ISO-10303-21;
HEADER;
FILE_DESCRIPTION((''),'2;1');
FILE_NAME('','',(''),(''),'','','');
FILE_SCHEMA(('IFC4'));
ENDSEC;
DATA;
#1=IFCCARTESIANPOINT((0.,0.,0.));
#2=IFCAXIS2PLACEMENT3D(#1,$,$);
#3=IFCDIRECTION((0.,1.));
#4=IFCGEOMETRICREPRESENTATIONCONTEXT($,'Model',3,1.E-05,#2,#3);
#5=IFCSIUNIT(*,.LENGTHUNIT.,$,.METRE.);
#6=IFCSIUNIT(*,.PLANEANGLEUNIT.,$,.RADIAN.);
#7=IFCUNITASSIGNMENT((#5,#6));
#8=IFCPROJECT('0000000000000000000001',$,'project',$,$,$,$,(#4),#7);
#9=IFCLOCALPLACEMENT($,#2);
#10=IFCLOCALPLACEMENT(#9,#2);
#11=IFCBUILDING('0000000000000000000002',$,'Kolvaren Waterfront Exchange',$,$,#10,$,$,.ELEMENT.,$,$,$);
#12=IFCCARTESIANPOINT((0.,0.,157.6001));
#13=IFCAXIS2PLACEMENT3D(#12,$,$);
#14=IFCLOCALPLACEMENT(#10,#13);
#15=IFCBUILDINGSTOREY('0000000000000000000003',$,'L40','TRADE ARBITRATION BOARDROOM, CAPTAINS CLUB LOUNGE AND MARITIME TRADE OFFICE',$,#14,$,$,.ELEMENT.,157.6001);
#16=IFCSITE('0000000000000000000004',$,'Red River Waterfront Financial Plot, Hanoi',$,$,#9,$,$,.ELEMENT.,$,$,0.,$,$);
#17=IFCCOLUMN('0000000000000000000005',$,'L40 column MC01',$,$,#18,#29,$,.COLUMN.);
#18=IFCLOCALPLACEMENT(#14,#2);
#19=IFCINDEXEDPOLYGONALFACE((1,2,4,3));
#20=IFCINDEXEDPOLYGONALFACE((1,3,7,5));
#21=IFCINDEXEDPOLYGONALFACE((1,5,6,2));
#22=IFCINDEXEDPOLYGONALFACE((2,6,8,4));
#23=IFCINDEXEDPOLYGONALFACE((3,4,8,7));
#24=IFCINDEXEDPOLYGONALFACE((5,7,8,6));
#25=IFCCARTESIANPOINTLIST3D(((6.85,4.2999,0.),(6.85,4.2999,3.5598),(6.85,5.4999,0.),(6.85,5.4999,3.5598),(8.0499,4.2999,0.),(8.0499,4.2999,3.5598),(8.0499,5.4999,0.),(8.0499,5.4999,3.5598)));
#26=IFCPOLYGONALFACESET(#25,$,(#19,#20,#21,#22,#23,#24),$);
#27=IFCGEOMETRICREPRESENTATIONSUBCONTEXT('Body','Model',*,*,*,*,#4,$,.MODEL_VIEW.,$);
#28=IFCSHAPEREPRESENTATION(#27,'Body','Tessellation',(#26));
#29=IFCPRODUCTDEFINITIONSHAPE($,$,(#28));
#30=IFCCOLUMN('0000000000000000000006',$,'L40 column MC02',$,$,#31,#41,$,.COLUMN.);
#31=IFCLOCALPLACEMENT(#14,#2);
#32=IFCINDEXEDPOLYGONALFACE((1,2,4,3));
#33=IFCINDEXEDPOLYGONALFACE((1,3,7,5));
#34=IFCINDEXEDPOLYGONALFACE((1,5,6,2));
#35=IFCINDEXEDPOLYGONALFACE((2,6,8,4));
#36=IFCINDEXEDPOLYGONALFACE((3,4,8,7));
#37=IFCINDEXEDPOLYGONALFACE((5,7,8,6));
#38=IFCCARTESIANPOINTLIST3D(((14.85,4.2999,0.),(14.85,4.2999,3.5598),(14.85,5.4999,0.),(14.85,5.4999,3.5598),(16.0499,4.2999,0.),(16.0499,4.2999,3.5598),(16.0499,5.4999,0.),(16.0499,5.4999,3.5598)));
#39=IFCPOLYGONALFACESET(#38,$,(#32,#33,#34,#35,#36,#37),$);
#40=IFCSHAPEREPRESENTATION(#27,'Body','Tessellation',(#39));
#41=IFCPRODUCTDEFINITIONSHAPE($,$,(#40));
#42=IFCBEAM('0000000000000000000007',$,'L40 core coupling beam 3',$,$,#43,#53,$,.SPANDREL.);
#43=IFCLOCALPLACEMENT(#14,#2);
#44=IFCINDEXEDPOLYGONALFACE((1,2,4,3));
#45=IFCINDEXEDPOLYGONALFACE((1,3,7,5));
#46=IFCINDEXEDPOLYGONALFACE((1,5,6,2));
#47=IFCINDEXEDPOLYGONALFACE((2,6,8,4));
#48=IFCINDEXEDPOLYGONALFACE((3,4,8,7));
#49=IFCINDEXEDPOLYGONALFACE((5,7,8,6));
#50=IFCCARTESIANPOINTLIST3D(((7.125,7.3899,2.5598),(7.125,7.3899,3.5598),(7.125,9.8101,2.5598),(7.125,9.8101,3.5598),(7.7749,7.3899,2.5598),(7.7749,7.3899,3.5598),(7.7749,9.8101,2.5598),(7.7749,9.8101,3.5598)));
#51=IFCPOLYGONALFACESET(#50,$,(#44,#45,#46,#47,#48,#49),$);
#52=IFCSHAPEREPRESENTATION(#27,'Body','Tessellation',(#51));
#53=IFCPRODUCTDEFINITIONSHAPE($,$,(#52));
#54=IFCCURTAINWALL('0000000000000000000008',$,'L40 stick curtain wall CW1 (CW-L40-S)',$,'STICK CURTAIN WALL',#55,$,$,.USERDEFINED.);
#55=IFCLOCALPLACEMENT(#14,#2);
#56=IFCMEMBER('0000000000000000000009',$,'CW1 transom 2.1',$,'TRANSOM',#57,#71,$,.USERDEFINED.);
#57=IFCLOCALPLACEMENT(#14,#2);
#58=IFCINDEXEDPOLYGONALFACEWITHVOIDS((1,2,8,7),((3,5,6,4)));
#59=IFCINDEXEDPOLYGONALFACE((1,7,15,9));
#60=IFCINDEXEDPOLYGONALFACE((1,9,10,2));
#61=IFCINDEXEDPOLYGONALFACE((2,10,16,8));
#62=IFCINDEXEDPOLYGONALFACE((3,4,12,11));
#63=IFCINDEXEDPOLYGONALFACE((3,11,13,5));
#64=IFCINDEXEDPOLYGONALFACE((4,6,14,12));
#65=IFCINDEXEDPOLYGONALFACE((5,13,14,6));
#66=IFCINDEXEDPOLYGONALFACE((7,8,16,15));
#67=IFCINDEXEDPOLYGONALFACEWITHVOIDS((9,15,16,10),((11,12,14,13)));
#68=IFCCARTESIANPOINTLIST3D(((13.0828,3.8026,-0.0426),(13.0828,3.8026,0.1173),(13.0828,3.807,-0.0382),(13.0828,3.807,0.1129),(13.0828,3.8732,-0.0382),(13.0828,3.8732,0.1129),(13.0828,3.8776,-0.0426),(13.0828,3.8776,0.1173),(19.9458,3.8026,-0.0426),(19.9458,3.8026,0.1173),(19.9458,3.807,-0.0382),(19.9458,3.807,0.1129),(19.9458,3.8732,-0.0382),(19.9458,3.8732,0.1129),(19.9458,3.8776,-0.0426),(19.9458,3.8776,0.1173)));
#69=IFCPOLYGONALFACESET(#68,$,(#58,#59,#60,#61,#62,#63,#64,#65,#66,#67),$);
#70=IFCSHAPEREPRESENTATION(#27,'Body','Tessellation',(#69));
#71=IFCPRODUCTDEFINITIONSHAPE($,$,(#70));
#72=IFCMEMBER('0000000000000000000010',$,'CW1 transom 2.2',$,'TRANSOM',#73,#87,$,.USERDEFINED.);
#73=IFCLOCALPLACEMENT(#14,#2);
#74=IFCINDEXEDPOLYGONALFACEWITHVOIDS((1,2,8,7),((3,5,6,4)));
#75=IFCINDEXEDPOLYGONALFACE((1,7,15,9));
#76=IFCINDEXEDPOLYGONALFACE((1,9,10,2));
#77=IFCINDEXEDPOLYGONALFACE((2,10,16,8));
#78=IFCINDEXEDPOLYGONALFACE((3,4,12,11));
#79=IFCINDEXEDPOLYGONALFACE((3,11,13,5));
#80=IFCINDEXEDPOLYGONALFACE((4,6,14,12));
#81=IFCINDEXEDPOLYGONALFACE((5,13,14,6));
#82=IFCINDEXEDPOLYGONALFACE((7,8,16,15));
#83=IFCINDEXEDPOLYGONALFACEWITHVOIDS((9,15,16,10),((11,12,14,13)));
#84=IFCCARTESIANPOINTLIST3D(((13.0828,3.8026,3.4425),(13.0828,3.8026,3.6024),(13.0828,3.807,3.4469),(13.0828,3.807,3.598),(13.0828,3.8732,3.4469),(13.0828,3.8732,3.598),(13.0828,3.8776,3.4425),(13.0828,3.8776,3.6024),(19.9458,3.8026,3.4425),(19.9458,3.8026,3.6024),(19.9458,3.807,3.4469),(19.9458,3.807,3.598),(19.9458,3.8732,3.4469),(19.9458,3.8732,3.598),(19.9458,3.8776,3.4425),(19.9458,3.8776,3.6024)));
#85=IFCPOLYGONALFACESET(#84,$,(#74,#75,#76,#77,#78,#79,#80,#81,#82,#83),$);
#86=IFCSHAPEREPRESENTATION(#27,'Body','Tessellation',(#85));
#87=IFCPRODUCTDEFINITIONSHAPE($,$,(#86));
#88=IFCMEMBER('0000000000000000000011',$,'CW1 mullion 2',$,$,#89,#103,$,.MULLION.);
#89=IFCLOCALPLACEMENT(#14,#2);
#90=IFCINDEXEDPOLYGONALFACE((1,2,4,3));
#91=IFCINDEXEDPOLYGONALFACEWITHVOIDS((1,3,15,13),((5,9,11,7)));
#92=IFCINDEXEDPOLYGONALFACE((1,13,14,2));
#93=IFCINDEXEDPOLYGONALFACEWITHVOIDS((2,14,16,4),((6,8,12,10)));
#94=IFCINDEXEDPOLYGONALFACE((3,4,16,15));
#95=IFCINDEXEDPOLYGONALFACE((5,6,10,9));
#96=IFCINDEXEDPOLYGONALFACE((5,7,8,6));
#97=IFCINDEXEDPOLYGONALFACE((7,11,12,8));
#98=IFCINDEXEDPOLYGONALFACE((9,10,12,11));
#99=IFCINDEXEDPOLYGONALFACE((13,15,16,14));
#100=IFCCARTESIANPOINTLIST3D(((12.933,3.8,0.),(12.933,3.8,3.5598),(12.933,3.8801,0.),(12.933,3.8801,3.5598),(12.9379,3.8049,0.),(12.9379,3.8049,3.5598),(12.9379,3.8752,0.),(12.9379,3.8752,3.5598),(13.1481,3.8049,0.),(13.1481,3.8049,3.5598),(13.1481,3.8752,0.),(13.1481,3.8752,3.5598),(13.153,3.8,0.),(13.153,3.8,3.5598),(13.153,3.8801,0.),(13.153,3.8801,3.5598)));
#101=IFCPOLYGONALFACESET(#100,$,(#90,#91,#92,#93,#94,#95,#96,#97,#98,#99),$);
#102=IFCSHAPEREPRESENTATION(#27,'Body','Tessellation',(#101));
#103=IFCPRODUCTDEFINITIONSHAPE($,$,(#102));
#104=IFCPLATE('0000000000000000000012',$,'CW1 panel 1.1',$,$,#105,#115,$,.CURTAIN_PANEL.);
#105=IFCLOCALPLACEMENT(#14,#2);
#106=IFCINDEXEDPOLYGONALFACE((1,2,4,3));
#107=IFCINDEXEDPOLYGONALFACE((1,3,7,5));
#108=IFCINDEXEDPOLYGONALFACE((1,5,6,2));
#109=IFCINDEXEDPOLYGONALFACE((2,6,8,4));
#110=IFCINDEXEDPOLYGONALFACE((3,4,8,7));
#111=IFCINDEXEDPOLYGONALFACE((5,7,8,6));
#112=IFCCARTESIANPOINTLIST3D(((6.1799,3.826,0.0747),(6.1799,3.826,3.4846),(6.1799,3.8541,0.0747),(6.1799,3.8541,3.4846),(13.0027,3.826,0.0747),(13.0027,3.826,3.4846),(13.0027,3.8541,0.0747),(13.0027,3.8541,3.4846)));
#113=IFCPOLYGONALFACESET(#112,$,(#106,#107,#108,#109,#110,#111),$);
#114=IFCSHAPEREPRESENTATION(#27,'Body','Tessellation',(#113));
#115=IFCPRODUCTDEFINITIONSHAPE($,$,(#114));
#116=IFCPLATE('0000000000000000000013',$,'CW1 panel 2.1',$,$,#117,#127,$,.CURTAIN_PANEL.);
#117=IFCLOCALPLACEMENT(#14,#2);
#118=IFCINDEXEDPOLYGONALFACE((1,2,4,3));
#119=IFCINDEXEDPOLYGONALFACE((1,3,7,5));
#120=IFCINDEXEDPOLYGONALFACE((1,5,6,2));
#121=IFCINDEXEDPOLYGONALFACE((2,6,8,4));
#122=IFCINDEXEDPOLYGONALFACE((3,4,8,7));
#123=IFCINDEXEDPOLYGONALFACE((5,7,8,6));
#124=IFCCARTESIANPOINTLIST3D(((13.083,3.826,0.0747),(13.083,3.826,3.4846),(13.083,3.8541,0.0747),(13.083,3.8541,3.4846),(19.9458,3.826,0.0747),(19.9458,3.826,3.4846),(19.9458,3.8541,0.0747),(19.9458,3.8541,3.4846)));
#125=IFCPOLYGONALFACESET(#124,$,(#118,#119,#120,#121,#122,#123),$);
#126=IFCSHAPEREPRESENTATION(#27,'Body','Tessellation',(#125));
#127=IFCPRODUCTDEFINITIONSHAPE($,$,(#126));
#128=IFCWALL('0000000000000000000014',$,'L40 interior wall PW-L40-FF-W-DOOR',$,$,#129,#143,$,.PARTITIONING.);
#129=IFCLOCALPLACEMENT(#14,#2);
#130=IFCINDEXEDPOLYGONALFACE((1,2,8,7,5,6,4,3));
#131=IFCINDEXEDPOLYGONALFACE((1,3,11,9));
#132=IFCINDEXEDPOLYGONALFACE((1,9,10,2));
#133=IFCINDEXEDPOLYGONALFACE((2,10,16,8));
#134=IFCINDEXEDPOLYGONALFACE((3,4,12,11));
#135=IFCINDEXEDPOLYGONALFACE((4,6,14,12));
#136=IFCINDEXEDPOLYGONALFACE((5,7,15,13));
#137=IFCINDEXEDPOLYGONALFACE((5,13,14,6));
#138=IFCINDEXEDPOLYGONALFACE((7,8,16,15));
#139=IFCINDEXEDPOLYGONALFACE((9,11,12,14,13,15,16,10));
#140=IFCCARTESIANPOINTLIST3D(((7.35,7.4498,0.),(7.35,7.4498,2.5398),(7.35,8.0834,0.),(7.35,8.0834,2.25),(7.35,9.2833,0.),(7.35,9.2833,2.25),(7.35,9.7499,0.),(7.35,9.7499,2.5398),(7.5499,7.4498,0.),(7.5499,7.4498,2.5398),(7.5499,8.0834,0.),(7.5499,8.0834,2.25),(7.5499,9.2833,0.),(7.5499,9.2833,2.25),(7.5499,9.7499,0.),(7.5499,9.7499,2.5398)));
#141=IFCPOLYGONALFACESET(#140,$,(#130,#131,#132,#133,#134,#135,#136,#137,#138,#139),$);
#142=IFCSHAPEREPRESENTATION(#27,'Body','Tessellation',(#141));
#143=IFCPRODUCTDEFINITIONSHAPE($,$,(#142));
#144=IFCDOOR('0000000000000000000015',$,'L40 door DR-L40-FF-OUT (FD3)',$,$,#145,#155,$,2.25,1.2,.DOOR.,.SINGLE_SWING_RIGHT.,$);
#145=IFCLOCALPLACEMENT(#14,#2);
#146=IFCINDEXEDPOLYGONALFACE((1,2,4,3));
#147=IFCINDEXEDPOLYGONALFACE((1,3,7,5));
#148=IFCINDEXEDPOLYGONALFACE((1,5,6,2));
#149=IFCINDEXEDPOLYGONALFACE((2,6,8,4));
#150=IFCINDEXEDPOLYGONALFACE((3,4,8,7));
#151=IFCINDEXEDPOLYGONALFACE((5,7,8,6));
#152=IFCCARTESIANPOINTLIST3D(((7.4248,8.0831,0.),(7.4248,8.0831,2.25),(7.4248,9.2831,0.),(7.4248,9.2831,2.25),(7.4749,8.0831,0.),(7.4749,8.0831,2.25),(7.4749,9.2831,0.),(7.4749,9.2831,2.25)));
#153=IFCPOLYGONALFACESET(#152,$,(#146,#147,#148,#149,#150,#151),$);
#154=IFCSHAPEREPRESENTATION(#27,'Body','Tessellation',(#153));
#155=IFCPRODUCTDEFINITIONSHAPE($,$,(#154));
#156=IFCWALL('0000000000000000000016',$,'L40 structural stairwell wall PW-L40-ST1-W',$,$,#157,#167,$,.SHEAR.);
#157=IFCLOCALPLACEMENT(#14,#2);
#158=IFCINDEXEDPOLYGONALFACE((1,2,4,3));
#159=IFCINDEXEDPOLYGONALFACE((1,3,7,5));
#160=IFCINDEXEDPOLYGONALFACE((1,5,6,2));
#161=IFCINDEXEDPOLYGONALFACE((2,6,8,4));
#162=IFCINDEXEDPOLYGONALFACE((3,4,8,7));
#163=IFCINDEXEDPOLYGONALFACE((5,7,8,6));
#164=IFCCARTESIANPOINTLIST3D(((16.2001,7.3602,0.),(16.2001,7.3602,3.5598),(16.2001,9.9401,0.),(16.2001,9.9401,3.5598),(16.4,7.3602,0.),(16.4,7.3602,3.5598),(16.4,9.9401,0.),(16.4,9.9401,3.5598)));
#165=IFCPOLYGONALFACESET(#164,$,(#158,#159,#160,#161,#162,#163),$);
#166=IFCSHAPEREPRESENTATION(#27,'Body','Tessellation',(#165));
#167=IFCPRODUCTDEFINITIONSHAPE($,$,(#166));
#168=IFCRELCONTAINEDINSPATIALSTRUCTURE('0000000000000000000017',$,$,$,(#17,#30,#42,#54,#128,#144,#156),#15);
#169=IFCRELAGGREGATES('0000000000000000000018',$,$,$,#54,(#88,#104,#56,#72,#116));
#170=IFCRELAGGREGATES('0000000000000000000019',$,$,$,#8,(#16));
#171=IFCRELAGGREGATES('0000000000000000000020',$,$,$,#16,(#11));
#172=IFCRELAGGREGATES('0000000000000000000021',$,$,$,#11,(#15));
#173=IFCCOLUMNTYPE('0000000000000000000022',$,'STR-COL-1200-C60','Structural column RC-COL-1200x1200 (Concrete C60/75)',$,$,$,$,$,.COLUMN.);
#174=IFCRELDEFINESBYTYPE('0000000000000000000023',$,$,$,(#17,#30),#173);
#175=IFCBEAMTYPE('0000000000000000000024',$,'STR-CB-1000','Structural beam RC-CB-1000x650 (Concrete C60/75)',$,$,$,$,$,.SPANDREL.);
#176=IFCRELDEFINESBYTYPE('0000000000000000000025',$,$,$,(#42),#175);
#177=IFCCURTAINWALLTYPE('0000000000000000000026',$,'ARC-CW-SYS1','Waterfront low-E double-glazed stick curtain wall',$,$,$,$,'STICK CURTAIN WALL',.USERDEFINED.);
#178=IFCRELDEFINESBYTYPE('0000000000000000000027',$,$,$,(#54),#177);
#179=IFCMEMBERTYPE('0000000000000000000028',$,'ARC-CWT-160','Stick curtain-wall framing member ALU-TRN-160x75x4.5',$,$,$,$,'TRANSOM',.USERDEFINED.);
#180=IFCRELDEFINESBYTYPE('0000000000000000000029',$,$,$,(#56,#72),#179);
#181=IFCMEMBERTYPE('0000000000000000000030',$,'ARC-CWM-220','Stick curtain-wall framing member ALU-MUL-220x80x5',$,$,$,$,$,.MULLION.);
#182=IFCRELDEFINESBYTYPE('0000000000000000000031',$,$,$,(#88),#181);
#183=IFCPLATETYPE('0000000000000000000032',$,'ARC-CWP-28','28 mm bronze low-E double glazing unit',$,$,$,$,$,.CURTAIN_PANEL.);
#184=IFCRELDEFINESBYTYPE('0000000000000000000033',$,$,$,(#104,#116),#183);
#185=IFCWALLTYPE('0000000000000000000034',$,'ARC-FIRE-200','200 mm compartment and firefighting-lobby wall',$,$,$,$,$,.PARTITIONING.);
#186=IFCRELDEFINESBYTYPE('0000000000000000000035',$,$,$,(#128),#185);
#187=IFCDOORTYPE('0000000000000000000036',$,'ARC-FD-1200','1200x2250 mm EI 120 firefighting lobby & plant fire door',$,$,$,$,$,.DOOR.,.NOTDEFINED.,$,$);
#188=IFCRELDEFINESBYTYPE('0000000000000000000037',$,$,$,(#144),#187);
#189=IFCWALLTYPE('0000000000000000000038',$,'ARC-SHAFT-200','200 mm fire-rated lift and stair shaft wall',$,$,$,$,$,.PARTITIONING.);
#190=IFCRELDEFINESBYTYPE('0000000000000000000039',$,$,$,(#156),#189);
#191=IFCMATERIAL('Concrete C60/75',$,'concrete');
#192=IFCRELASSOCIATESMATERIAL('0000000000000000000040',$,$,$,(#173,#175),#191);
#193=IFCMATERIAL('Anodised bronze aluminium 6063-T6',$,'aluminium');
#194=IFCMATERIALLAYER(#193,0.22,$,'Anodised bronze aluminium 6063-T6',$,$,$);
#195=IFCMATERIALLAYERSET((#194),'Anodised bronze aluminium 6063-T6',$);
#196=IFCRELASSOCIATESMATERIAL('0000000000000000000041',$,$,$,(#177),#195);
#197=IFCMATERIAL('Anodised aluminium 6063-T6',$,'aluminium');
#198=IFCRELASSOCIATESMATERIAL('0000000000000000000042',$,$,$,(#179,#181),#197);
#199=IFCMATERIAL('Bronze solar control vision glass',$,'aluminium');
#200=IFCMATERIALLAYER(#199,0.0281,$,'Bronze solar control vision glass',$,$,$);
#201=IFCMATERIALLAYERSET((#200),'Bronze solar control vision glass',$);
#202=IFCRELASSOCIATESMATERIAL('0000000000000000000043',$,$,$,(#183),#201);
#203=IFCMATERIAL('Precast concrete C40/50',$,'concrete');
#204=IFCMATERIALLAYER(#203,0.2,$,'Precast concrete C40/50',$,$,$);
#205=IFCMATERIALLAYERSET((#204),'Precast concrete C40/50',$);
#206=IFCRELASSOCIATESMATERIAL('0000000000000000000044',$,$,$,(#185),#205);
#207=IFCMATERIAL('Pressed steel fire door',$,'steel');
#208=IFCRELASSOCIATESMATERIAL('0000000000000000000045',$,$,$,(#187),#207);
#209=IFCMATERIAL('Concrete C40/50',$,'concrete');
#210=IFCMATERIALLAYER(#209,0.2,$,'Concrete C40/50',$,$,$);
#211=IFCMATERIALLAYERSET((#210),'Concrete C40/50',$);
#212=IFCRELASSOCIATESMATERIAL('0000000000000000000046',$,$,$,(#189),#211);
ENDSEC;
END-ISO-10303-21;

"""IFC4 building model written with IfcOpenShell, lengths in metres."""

from ifc_helpers import new_model, si_unit, direction, frame, frame_2d, origin, origin_with_axes, origin_2d, place, context, subcontext, project, spatial, rectangle, hollow_rectangle, extrude, source, transform, mapped, material, layer, layer_set, material_profile, profile_set, type_object, element, fill, aggregate, save


model = new_model("IFC4")

# Units and contexts
model_context = context("Model", 3, precision=1e-05, world=origin(), true_north=direction((0.0, 1.0)))
body_context = subcontext(model_context, "Body", "Model", "MODEL_VIEW")
ifc_project = project(units=[si_unit("LENGTHUNIT", "METRE"), si_unit("PLANEANGLEUNIT", "RADIAN")], contexts=[model_context])

# Site, building, storey
site_placement = place(None, origin())
site = spatial("IfcSite", under=ifc_project, at=site_placement, Name="Red River Waterfront Financial Plot, Hanoi", CompositionType="ELEMENT", RefElevation=0.0)
building_placement = place(site_placement, origin())
building = spatial("IfcBuilding", under=site, at=building_placement, Name="Kolvaren Waterfront Exchange", CompositionType="ELEMENT")
storey_placement = place(building_placement, frame((0.0, 0.0, 157.6001)))
storey = spatial("IfcBuildingStorey", under=building, at=storey_placement, Name="L40", Description="TRADE ARBITRATION BOARDROOM, CAPTAINS CLUB LOUNGE AND MARITIME TRADE OFFICE", CompositionType="ELEMENT", Elevation=157.6001)

# Columns
ifc_material_1 = material(Name="Concrete C60/75", Category="concrete")
ifc_material_profile_1 = material_profile(ifc_material_1, rectangle(XDim=1.2, YDim=1.2, at=origin_2d()), Name="RC-COL-1200x1200")
ifc_profile_set_1 = profile_set([ifc_material_profile_1], Name="Concrete C60/75")
column_type = type_object("IfcColumnType", Name="STR-COL-1200-C60", Description="Structural column RC-COL-1200x1200 (Concrete C60/75)", PredefinedType="COLUMN", material=ifc_profile_set_1)
for number, where, z_axis, x_axis, name in (
    (1, (7.45, 4.8999, 0.0), (0.0, 0.0, 1.0), (1.0, 0.0, 0.0), "L40 column MC01"),
    (2, (15.45, 4.8999, 0.0), (0.0, 0.0, 1.0), (1.0, 0.0, 0.0), "L40 column MC02"),
):
    element("IfcColumn", number, at=place(storey_placement, frame(where, z_axis=z_axis, x_axis=x_axis)), inside=storey, type_object=column_type, Name=name, PredefinedType="COLUMN", context=body_context, shape_type="SweptSolid", body=[
        extrude(rectangle(XDim=1.2, YDim=1.2, at=origin_2d()), origin(), (0.0, 0.0, 1.0), 3.5598),
    ])

# Beam
ifc_material_profile_2 = material_profile(ifc_material_1, rectangle(XDim=0.6499, YDim=1.0, at=origin_2d()), Name="RC-CB-1000x650")
ifc_profile_set_2 = profile_set([ifc_material_profile_2], Name="Concrete C60/75")
beam_type = type_object("IfcBeamType", Name="STR-CB-1000", Description="Structural beam RC-CB-1000x650 (Concrete C60/75)", PredefinedType="SPANDREL", material=ifc_profile_set_2)
beam_placement = place(storey_placement, frame((7.45, 7.3899, 3.0598), z_axis=(0.0, 1.0, 0.0), x_axis=(-1.0, 0.0, 0.0)))
element("IfcBeam", 3, at=beam_placement, inside=storey, type_object=beam_type, Name="L40 core coupling beam 3", PredefinedType="SPANDREL", context=body_context, shape_type="SweptSolid", body=[
    extrude(rectangle(XDim=0.6499, YDim=1.0, at=origin_2d()), origin(), (0.0, 0.0, 1.0), 2.4202),
])

# Curtain wall, members, plates
ifc_material_2 = material(Name="Anodised bronze aluminium 6063-T6", Category="aluminium")
ifc_layer_1 = layer(ifc_material_2, 0.22, Name="Anodised bronze aluminium 6063-T6")
ifc_layer_set_1 = layer_set([ifc_layer_1], Name="Anodised bronze aluminium 6063-T6")
curtain_wall_type = type_object("IfcCurtainWallType", Name="ARC-CW-SYS1", Description="Waterfront low-E double-glazed stick curtain wall", ElementType="STICK CURTAIN WALL", PredefinedType="USERDEFINED", material=ifc_layer_set_1)
curtain_wall_placement = place(storey_placement, origin())
curtain_wall = element("IfcCurtainWall", 4, at=curtain_wall_placement, inside=storey, type_object=curtain_wall_type, Name="L40 stick curtain wall CW1 (CW-L40-S)", ObjectType="STICK CURTAIN WALL", PredefinedType="USERDEFINED")
ifc_material_3 = material(Name="Anodised aluminium 6063-T6", Category="aluminium")
ifc_material_profile_3 = material_profile(ifc_material_3, hollow_rectangle(XDim=0.075, YDim=0.1599, WallThickness=0.0044, at=origin_2d()), Name="ALU-TRN-160x75x4.5")
ifc_profile_set_3 = profile_set([ifc_material_profile_3], Name="Anodised aluminium 6063-T6")
member_type_1 = type_object("IfcMemberType", Name="ARC-CWT-160", Description="Stick curtain-wall framing member ALU-TRN-160x75x4.5", ElementType="TRANSOM", PredefinedType="USERDEFINED", material=ifc_profile_set_3)
shared_shape_1 = source(origin_with_axes(), body_context, "Body", "SweptSolid", [
    extrude(hollow_rectangle(XDim=0.075, YDim=0.1599, WallThickness=0.0044, at=origin_2d()), origin(), (0.0, 0.0, 1.0), 6.863),
])
member_1_placement = place(storey_placement, frame((13.0828, 3.8401, 0.0374), z_axis=(1.0, 0.0, 0.0), x_axis=(0.0, 1.0, 0.0)))
member_1 = element("IfcMember", 5, at=member_1_placement, type_object=member_type_1, Name="CW1 transom 2.1", ObjectType="TRANSOM", PredefinedType="USERDEFINED", context=body_context, shape_type="MappedRepresentation", body=[
    mapped(shared_shape_1, transform((0.0, 0.0, 0.0), x_axis=(1.0, 0.0, 0.0), y_axis=(0.0, 1.0, 0.0), z_axis=(0.0, 0.0, 1.0), scale=1.0)),
])
member_2_placement = place(storey_placement, frame((13.0828, 3.8401, 3.5225), z_axis=(1.0, 0.0, 0.0), x_axis=(0.0, 1.0, 0.0)))
member_2 = element("IfcMember", 6, at=member_2_placement, type_object=member_type_1, Name="CW1 transom 2.2", ObjectType="TRANSOM", PredefinedType="USERDEFINED", context=body_context, shape_type="MappedRepresentation", body=[
    mapped(shared_shape_1, transform((0.0, 0.0, 0.0), x_axis=(1.0, 0.0, 0.0), y_axis=(0.0, 1.0, 0.0), z_axis=(0.0, 0.0, 1.0), scale=1.0)),
])
ifc_material_profile_4 = material_profile(ifc_material_3, hollow_rectangle(XDim=0.0801, YDim=0.22, WallThickness=0.0049, at=origin_2d()), Name="ALU-MUL-220x80x5")
ifc_profile_set_4 = profile_set([ifc_material_profile_4], Name="Anodised aluminium 6063-T6")
member_type_2 = type_object("IfcMemberType", Name="ARC-CWM-220", Description="Stick curtain-wall framing member ALU-MUL-220x80x5", PredefinedType="MULLION", material=ifc_profile_set_4)
shared_shape_2 = source(origin_with_axes(), body_context, "Body", "SweptSolid", [
    extrude(hollow_rectangle(XDim=0.0801, YDim=0.22, WallThickness=0.0049, at=origin_2d()), origin(), (0.0, 0.0, 1.0), 3.5598),
])
member_3_placement = place(storey_placement, frame((13.043, 3.8401, 0.0), z_axis=(0.0, 0.0, 1.0), x_axis=(0.0, 1.0, 0.0)))
member_3 = element("IfcMember", 7, at=member_3_placement, type_object=member_type_2, Name="CW1 mullion 2", PredefinedType="MULLION", context=body_context, shape_type="MappedRepresentation", body=[
    mapped(shared_shape_2, transform((0.0, 0.0, 0.0), x_axis=(1.0, 0.0, 0.0), y_axis=(0.0, 1.0, 0.0), z_axis=(0.0, 0.0, 1.0), scale=1.0)),
])
ifc_material_4 = material(Name="Bronze solar control vision glass", Category="aluminium")
ifc_layer_2 = layer(ifc_material_4, 0.0281, Name="Bronze solar control vision glass")
ifc_layer_set_2 = layer_set([ifc_layer_2], Name="Bronze solar control vision glass")
plate_type = type_object("IfcPlateType", Name="ARC-CWP-28", Description="28 mm bronze low-E double glazing unit", PredefinedType="CURTAIN_PANEL", material=ifc_layer_set_2)
shared_shape_3 = source(origin_with_axes(), body_context, "Body", "SweptSolid", [
    extrude(rectangle(XDim=6.8228, YDim=0.0281, at=origin_2d()), origin(), (0.0, 0.0, 1.0), 3.4099),
])
plate_1_placement = place(storey_placement, frame((9.5913, 3.8401, 0.0747), z_axis=(0.0, 0.0, 1.0), x_axis=(1.0, 0.0, 0.0)))
plate_1 = element("IfcPlate", 8, at=plate_1_placement, type_object=plate_type, Name="CW1 panel 1.1", PredefinedType="CURTAIN_PANEL", context=body_context, shape_type="MappedRepresentation", body=[
    mapped(shared_shape_3, transform((0.0, 0.0, 0.0), x_axis=(1.0, 0.0, 0.0), y_axis=(0.0, 1.0, 0.0), z_axis=(0.0, 0.0, 1.0), scale=1.0)),
])
shared_shape_4 = source(origin_with_axes(), body_context, "Body", "SweptSolid", [
    extrude(rectangle(XDim=6.8628, YDim=0.0281, at=origin_2d()), origin(), (0.0, 0.0, 1.0), 3.4099),
])
plate_2_placement = place(storey_placement, frame((16.5144, 3.8401, 0.0747), z_axis=(0.0, 0.0, 1.0), x_axis=(1.0, 0.0, 0.0)))
plate_2 = element("IfcPlate", 9, at=plate_2_placement, type_object=plate_type, Name="CW1 panel 2.1", PredefinedType="CURTAIN_PANEL", context=body_context, shape_type="MappedRepresentation", body=[
    mapped(shared_shape_4, transform((0.0, 0.0, 0.0), x_axis=(1.0, 0.0, 0.0), y_axis=(0.0, 1.0, 0.0), z_axis=(0.0, 0.0, 1.0), scale=1.0)),
])
aggregate(curtain_wall, [member_3, plate_1, member_1, member_2, plate_2])

# Wall, opening, door
ifc_material_5 = material(Name="Precast concrete C40/50", Category="concrete")
ifc_layer_3 = layer(ifc_material_5, 0.2, Name="Precast concrete C40/50")
ifc_layer_set_3 = layer_set([ifc_layer_3], Name="Precast concrete C40/50")
wall_type_1 = type_object("IfcWallType", Name="ARC-FIRE-200", Description="200 mm compartment and firefighting-lobby wall", PredefinedType="PARTITIONING", material=ifc_layer_set_3)
wall_1_placement = place(storey_placement, frame((7.45, 7.45, 0.0), z_axis=(0.0, 0.0, 1.0), x_axis=(0.0, 1.0, 0.0)))
wall_1 = element("IfcWall", 10, at=wall_1_placement, inside=storey, type_object=wall_type_1, Name="L40 interior wall PW-L40-FF-W-DOOR", PredefinedType="PARTITIONING", context=body_context, shape_type="SweptSolid", body=[
    extrude(rectangle(XDim=2.3, YDim=0.2, at=frame_2d((1.1499, 0.0))), origin(), (0.0, 0.0, 1.0), 2.5398),
])
opening_1_placement = place(wall_1_placement, frame((0.6333, 0.0, 0.0)))
opening_1 = element("IfcOpeningElement", 11, at=opening_1_placement, cuts=wall_1, PredefinedType="OPENING", context=body_context, shape_type="SweptSolid", body=[
    extrude(rectangle(XDim=1.2, YDim=2.25, at=frame_2d((0.6001, 1.125))), frame((0.0, 0.1099, 0.0), z_axis=(0.0, -1.0, 0.0), x_axis=(1.0, 0.0, 0.0)), (0.0, 0.0, 1.0), 0.22),
])
ifc_material_6 = material(Name="Pressed steel fire door", Category="steel")
door_type_1 = type_object("IfcDoorType", Name="ARC-FD-1200", Description="1200x2250 mm EI 120 firefighting lobby & plant fire door", OperationType="NOTDEFINED", PredefinedType="DOOR", material=ifc_material_6)
door_1_placement = place(opening_1_placement, frame((1.2, 0.0, 0.0), z_axis=(0.0, 0.0, 1.0), x_axis=(-1.0, 0.0, 0.0)))
door_1 = element("IfcDoor", 12, at=door_1_placement, inside=storey, type_object=door_type_1, Name="L40 door DR-L40-FF-OUT (FD3)", OperationType="SINGLE_SWING_RIGHT", OverallHeight=2.25, OverallWidth=1.2, PredefinedType="DOOR", context=body_context, shape_type="SweptSolid", body=[
    extrude(rectangle(XDim=1.2, YDim=2.25, at=frame_2d((0.6001, 1.125))), frame((0.0, 0.0249, 0.0), z_axis=(0.0, -1.0, 0.0), x_axis=(1.0, 0.0, 0.0)), (0.0, 0.0, 1.0), 0.05),
])
fill(opening_1, door_1)

# Wall
ifc_material_7 = material(Name="Concrete C40/50", Category="concrete")
ifc_layer_4 = layer(ifc_material_7, 0.2, Name="Concrete C40/50")
ifc_layer_set_4 = layer_set([ifc_layer_4], Name="Concrete C40/50")
wall_type_2 = type_object("IfcWallType", Name="ARC-SHAFT-200", Description="200 mm fire-rated lift and stair shaft wall", PredefinedType="PARTITIONING", material=ifc_layer_set_4)
wall_2_placement = place(storey_placement, frame((16.3, 7.3601, 0.0), z_axis=(0.0, 0.0, 1.0), x_axis=(0.0, 1.0, 0.0)))
element("IfcWall", 13, at=wall_2_placement, inside=storey, type_object=wall_type_2, Name="L40 structural stairwell wall PW-L40-ST1-W", PredefinedType="SHEAR", context=body_context, shape_type="SweptSolid", body=[
    extrude(rectangle(XDim=2.5798, YDim=0.2, at=frame_2d((1.29, 0.0))), origin(), (0.0, 0.0, 1.0), 3.5598),
])

save(model, "model.ifc")
